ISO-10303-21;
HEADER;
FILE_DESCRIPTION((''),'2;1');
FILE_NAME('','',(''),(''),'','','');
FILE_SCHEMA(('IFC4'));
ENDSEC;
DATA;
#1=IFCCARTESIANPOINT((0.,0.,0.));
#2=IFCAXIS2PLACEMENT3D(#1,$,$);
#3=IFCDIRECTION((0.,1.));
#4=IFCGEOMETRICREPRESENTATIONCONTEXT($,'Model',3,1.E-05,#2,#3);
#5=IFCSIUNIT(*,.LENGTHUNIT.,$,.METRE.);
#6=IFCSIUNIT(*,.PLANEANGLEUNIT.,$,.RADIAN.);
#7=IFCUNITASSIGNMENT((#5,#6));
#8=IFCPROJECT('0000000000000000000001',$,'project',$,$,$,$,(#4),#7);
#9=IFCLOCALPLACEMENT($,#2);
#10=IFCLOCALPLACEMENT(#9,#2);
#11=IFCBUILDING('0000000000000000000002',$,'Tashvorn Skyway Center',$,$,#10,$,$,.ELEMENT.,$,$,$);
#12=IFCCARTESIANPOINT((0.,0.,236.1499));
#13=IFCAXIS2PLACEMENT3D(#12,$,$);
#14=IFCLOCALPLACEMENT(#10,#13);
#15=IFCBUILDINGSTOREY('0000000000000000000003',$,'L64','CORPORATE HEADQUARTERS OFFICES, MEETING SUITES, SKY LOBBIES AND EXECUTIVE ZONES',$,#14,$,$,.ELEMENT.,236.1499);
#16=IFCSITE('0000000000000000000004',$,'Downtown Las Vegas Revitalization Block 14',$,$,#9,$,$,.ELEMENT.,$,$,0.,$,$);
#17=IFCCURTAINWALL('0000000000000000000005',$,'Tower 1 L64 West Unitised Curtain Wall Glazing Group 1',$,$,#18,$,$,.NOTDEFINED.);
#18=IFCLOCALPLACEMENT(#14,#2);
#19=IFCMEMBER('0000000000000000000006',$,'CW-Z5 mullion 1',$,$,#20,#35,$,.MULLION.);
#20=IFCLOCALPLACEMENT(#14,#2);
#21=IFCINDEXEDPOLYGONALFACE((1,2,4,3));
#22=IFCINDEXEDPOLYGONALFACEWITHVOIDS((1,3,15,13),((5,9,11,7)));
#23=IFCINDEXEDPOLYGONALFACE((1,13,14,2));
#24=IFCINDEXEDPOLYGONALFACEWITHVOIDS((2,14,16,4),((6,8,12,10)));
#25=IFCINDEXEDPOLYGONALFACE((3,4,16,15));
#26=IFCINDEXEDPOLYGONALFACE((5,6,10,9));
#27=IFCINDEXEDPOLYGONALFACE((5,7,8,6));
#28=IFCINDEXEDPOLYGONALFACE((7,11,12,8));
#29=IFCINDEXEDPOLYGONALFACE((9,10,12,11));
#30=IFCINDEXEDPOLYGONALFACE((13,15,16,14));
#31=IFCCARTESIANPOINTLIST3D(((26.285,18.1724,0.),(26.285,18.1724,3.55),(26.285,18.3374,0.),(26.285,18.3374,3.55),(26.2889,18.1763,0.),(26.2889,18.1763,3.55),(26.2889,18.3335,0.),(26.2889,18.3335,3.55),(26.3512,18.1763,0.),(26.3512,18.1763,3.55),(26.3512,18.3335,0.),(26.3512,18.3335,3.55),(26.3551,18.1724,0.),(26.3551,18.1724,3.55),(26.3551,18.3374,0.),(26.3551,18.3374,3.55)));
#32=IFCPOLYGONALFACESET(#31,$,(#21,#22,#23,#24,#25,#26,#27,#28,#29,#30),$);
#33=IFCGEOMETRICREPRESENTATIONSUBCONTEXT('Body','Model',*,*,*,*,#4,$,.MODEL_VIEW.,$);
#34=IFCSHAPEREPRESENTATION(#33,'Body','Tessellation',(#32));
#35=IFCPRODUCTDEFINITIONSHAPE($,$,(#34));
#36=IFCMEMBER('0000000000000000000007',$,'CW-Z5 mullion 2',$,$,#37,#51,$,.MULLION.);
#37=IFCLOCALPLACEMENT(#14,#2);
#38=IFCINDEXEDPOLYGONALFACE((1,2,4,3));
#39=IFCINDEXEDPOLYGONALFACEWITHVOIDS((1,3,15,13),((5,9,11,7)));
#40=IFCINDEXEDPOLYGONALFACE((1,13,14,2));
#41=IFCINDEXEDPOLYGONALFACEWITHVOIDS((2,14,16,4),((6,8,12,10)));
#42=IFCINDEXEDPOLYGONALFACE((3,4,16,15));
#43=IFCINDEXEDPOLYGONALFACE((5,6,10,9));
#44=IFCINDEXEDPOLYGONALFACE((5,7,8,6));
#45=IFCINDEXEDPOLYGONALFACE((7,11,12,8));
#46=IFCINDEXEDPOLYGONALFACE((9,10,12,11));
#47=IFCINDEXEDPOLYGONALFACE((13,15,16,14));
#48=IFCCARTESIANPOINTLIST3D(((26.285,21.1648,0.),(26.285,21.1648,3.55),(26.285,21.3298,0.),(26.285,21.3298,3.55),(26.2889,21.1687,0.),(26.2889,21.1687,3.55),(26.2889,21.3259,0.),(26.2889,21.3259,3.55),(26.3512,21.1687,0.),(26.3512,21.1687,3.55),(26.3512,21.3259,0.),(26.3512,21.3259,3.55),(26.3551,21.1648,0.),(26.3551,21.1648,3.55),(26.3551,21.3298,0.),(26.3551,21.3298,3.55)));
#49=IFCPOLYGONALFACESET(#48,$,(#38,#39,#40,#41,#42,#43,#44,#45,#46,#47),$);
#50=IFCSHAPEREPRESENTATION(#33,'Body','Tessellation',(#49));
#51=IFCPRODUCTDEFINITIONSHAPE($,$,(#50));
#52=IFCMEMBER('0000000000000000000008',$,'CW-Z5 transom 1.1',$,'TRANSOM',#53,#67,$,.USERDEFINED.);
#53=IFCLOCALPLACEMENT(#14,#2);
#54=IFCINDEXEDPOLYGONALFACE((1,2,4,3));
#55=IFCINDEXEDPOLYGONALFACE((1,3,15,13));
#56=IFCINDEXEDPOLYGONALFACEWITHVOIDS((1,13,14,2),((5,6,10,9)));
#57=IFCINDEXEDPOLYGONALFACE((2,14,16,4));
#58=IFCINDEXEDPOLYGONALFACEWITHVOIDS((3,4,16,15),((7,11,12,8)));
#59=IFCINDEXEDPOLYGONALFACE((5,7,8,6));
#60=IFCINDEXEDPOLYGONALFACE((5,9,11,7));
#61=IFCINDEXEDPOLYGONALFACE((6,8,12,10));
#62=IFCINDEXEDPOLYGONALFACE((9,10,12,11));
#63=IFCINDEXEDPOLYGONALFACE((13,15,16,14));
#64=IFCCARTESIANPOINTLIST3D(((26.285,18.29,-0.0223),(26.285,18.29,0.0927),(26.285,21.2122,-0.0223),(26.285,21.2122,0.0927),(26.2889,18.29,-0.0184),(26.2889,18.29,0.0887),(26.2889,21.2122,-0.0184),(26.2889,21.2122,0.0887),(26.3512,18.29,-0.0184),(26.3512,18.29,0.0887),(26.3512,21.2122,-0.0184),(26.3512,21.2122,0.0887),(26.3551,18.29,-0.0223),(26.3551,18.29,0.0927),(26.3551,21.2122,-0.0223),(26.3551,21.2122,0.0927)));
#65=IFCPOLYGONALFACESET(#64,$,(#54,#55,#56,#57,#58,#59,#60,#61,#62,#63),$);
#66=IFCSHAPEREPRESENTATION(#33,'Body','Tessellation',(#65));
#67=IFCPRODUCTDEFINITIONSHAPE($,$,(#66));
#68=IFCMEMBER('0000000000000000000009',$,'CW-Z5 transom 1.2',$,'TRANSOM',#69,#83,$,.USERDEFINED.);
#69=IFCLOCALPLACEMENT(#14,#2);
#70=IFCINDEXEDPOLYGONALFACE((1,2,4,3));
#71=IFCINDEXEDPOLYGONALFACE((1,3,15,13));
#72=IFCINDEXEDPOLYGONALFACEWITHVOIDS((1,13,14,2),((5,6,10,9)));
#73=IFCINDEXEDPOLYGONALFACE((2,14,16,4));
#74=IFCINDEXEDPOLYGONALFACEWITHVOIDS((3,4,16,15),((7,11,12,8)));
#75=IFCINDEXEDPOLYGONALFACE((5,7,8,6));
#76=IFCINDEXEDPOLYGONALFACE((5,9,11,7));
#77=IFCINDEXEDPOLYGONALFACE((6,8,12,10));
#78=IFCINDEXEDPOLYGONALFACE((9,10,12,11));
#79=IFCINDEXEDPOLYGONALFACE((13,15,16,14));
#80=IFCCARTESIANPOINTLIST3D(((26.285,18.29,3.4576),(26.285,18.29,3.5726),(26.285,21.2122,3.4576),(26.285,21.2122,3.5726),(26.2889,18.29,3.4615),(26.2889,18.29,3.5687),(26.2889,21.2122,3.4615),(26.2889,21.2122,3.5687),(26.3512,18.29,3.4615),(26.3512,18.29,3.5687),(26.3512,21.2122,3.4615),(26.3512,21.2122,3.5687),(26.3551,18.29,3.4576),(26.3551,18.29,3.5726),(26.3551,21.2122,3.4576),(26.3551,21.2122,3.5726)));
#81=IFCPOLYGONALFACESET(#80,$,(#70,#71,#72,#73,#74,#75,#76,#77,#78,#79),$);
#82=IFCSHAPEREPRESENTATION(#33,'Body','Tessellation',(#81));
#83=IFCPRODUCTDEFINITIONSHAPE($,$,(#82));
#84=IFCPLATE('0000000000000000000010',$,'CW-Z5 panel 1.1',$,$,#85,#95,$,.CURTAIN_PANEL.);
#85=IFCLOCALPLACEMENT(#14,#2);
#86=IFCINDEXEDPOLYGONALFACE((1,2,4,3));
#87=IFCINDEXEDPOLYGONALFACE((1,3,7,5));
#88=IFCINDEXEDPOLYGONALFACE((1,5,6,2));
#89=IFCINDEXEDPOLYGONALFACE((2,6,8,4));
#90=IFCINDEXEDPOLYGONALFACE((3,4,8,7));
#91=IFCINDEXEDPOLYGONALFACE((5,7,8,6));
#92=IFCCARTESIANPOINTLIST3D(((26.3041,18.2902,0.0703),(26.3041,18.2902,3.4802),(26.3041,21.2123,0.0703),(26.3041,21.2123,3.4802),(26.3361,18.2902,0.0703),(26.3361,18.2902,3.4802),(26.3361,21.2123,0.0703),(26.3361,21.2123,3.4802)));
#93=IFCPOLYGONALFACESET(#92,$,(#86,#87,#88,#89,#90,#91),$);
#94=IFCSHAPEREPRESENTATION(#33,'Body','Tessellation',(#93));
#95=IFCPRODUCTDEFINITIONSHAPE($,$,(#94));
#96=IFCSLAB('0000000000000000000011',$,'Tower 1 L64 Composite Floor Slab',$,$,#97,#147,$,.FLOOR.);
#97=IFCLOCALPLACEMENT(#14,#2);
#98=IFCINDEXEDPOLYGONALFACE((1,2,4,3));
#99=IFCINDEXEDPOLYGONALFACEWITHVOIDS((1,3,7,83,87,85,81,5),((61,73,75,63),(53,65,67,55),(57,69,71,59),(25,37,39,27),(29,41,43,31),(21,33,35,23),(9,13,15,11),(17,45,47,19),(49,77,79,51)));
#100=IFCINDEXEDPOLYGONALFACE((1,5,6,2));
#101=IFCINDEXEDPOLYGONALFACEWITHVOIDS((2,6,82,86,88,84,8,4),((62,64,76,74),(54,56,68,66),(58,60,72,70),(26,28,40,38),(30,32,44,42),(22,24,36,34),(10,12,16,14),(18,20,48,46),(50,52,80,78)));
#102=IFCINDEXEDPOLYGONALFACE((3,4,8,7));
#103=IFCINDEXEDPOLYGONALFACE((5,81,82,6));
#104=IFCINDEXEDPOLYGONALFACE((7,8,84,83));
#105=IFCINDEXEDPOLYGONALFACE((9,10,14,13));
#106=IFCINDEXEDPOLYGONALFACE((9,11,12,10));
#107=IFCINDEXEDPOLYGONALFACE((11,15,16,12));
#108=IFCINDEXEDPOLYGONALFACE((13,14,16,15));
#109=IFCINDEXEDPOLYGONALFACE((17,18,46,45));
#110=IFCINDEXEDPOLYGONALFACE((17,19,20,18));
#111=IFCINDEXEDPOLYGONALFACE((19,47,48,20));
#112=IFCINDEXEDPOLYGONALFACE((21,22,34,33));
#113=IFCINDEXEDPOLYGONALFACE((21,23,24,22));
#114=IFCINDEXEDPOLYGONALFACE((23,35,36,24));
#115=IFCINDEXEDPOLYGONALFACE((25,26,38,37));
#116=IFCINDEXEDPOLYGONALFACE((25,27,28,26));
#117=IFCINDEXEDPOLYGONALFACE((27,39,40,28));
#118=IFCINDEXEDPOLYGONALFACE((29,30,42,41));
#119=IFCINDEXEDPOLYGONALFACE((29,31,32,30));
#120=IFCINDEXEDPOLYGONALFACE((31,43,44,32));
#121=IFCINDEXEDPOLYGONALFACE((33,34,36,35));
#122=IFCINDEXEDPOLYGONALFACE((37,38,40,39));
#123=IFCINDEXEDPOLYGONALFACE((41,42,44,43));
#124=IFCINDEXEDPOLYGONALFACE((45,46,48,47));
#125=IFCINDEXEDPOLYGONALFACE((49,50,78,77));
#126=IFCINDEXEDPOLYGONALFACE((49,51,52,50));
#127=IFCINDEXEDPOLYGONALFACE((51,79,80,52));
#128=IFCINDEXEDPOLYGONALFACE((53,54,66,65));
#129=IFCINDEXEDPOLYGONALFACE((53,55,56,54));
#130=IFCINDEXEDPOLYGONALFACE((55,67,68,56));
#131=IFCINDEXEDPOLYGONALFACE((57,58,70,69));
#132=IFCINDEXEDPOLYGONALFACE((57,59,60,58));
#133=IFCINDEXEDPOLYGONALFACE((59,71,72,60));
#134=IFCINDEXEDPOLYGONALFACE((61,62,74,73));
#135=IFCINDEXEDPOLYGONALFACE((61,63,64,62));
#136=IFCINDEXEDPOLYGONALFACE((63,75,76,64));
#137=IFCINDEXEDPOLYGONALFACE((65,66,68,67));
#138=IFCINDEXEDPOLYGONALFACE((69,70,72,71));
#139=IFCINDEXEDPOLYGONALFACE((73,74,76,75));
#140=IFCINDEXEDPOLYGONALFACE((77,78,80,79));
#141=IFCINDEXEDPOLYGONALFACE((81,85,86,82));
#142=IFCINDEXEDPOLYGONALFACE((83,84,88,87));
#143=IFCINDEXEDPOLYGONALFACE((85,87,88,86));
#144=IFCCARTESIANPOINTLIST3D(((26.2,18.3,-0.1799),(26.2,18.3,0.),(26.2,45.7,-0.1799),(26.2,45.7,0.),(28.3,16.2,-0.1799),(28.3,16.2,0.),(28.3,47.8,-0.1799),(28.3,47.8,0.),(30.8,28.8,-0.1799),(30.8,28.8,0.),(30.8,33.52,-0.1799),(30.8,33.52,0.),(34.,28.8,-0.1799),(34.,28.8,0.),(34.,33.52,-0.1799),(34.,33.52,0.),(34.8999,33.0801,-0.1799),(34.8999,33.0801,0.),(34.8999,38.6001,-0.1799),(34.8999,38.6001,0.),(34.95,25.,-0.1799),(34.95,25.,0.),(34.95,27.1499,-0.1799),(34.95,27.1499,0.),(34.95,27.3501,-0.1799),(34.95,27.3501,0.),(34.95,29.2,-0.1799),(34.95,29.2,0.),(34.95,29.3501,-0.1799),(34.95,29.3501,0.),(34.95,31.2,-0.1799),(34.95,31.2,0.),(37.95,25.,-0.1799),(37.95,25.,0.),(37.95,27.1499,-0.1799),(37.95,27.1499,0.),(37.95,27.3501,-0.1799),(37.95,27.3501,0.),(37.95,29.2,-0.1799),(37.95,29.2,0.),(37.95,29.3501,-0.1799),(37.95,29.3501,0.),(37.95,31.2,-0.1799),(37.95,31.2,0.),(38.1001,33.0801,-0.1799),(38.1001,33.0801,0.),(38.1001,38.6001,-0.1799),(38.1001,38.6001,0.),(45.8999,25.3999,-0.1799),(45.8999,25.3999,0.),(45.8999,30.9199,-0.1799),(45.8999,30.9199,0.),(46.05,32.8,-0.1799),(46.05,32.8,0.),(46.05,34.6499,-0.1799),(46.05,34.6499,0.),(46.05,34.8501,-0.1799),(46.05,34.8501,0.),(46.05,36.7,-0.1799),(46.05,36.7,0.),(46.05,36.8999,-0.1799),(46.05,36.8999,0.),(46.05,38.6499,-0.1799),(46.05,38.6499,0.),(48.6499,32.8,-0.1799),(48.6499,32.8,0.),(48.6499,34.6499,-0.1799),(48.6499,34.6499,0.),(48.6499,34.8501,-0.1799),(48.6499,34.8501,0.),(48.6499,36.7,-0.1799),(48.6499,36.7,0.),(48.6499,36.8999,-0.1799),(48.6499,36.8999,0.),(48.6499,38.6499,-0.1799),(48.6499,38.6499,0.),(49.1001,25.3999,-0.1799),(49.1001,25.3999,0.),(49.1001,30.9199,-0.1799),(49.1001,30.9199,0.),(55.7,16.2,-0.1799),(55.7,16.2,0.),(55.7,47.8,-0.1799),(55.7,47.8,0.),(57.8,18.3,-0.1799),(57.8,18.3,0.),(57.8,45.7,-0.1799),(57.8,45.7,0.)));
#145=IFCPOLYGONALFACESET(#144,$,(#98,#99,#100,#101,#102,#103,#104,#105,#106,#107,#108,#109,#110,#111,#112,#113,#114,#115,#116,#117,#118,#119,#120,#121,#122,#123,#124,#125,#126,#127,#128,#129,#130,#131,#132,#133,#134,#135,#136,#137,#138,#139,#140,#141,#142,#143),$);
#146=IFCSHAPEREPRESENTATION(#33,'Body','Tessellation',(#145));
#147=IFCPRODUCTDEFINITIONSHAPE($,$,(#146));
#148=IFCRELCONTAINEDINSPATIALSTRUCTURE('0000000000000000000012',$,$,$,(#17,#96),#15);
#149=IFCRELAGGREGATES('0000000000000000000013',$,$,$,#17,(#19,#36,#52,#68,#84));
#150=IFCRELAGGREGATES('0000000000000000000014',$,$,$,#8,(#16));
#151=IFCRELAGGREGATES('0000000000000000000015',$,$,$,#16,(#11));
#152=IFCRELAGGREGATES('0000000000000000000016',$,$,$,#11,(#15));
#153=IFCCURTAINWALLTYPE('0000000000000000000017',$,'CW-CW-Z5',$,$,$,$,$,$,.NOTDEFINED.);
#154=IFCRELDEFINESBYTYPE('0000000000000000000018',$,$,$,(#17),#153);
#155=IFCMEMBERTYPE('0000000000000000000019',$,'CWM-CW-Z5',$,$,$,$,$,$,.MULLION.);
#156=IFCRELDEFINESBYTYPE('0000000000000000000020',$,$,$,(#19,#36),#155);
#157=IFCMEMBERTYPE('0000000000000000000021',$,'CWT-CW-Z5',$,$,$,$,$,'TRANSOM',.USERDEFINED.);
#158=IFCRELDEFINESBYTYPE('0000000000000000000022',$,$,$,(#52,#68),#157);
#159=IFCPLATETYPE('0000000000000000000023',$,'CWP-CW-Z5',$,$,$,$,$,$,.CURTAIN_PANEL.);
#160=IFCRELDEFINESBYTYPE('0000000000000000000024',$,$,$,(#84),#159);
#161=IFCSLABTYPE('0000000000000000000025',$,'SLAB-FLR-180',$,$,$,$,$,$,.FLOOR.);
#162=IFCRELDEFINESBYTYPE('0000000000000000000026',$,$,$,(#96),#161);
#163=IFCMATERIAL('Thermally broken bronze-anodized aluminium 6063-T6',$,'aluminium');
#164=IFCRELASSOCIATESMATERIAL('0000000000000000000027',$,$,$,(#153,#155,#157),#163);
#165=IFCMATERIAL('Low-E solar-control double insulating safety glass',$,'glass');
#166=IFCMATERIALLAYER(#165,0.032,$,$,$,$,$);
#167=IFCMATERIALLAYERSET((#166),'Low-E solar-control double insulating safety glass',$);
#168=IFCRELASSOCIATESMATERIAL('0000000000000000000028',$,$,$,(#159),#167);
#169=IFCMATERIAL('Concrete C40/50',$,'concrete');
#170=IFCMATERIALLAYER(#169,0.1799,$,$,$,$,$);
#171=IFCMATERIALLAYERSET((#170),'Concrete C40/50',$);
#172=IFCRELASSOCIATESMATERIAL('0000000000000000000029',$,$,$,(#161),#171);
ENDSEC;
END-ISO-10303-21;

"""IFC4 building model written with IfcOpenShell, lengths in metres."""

from ifc_helpers import new_model, si_unit, direction, frame, origin, origin_2d, place, context, subcontext, project, spatial, polyline, rectangle, hollow_rectangle, outline, extrude, material, layer, layer_set, material_profile, profile_set, type_object, element, aggregate, save


model = new_model("IFC4")

# Units and contexts
model_context = context("Model", 3, precision=1e-05, world=origin(), true_north=direction((0.0, 1.0)))
body_context = subcontext(model_context, "Body", "Model", "MODEL_VIEW")
ifc_project = project(units=[si_unit("LENGTHUNIT", "METRE"), si_unit("PLANEANGLEUNIT", "RADIAN")], contexts=[model_context])

# Site, building, storey
site_placement = place(None, origin())
site = spatial("IfcSite", under=ifc_project, at=site_placement, Name="Downtown Las Vegas Revitalization Block 14", CompositionType="ELEMENT", RefElevation=0.0)
building_placement = place(site_placement, origin())
building = spatial("IfcBuilding", under=site, at=building_placement, Name="Tashvorn Skyway Center", CompositionType="ELEMENT")
storey_placement = place(building_placement, frame((0.0, 0.0, 236.1499)))
storey = spatial("IfcBuildingStorey", under=building, at=storey_placement, Name="L64", Description="CORPORATE HEADQUARTERS OFFICES, MEETING SUITES, SKY LOBBIES AND EXECUTIVE ZONES", CompositionType="ELEMENT", Elevation=236.1499)

# Curtain wall, members, plate
ifc_material_1 = material(Name="Thermally broken bronze-anodized aluminium 6063-T6", Category="aluminium")
curtain_wall_type = type_object("IfcCurtainWallType", Name="CW-CW-Z5", PredefinedType="NOTDEFINED", material=ifc_material_1)
curtain_wall_placement = place(storey_placement, origin())
curtain_wall = element("IfcCurtainWall", 1, at=curtain_wall_placement, inside=storey, type_object=curtain_wall_type, Name="Tower 1 L64 West Unitised Curtain Wall Glazing Group 1", PredefinedType="NOTDEFINED")
ifc_material_profile_1 = material_profile(ifc_material_1, hollow_rectangle(XDim=0.0701, YDim=0.165, WallThickness=0.0039, at=origin_2d()), Name="ALU-MULL-70x165")
ifc_profile_set_1 = profile_set([ifc_material_profile_1], Name="Thermally broken bronze-anodized aluminium 6063-T6")
member_type_1 = type_object("IfcMemberType", Name="CWM-CW-Z5", PredefinedType="MULLION", material=ifc_profile_set_1)
member_1_placement = place(storey_placement, frame((26.3201, 18.2549, 0.0), z_axis=(0.0, 0.0, 1.0), x_axis=(-1.0, 0.0, 0.0)))
member_1 = element("IfcMember", 2, at=member_1_placement, type_object=member_type_1, Name="CW-Z5 mullion 1", PredefinedType="MULLION", context=body_context, shape_type="SweptSolid", body=[
    extrude(hollow_rectangle(XDim=0.0701, YDim=0.165, WallThickness=0.0039, at=origin_2d()), origin(), (0.0, 0.0, 1.0), 3.55),
])
member_2_placement = place(storey_placement, frame((26.3201, 21.2473, 0.0), z_axis=(0.0, 0.0, 1.0), x_axis=(-1.0, 0.0, 0.0)))
member_2 = element("IfcMember", 3, at=member_2_placement, type_object=member_type_1, Name="CW-Z5 mullion 2", PredefinedType="MULLION", context=body_context, shape_type="SweptSolid", body=[
    extrude(hollow_rectangle(XDim=0.0701, YDim=0.165, WallThickness=0.0039, at=origin_2d()), origin(), (0.0, 0.0, 1.0), 3.55),
])
ifc_material_profile_2 = material_profile(ifc_material_1, hollow_rectangle(XDim=0.0701, YDim=0.115, WallThickness=0.0039, at=origin_2d()), Name="ALU-TRAN-70x115")
ifc_profile_set_2 = profile_set([ifc_material_profile_2], Name="Thermally broken bronze-anodized aluminium 6063-T6")
member_type_2 = type_object("IfcMemberType", Name="CWT-CW-Z5", ElementType="TRANSOM", PredefinedType="USERDEFINED", material=ifc_profile_set_2)
member_3_placement = place(storey_placement, frame((26.3201, 18.29, 0.0352), z_axis=(0.0, 1.0, 0.0), x_axis=(-1.0, 0.0, 0.0)))
member_3 = element("IfcMember", 4, at=member_3_placement, type_object=member_type_2, Name="CW-Z5 transom 1.1", ObjectType="TRANSOM", PredefinedType="USERDEFINED", context=body_context, shape_type="SweptSolid", body=[
    extrude(hollow_rectangle(XDim=0.0701, YDim=0.115, WallThickness=0.0039, at=origin_2d()), origin(), (0.0, 0.0, 1.0), 2.9221),
])
member_4_placement = place(storey_placement, frame((26.3201, 18.29, 3.5151), z_axis=(0.0, 1.0, 0.0), x_axis=(-1.0, 0.0, 0.0)))
member_4 = element("IfcMember", 5, at=member_4_placement, type_object=member_type_2, Name="CW-Z5 transom 1.2", ObjectType="TRANSOM", PredefinedType="USERDEFINED", context=body_context, shape_type="SweptSolid", body=[
    extrude(hollow_rectangle(XDim=0.0701, YDim=0.115, WallThickness=0.0039, at=origin_2d()), origin(), (0.0, 0.0, 1.0), 2.9221),
])
ifc_material_2 = material(Name="Low-E solar-control double insulating safety glass", Category="glass")
ifc_layer_1 = layer(ifc_material_2, 0.032)
ifc_layer_set_1 = layer_set([ifc_layer_1], Name="Low-E solar-control double insulating safety glass")
plate_type = type_object("IfcPlateType", Name="CWP-CW-Z5", PredefinedType="CURTAIN_PANEL", material=ifc_layer_set_1)
plate_placement = place(storey_placement, frame((26.3201, 19.7512, 0.0703), z_axis=(0.0, 0.0, 1.0), x_axis=(0.0, 1.0, 0.0)))
plate = element("IfcPlate", 6, at=plate_placement, type_object=plate_type, Name="CW-Z5 panel 1.1", PredefinedType="CURTAIN_PANEL", context=body_context, shape_type="SweptSolid", body=[
    extrude(rectangle(XDim=2.9221, YDim=0.032, at=origin_2d()), origin(), (0.0, 0.0, 1.0), 3.4099),
])
aggregate(curtain_wall, [member_1, member_2, member_3, member_4, plate])

# Slab
ifc_material_3 = material(Name="Concrete C40/50", Category="concrete")
ifc_layer_2 = layer(ifc_material_3, 0.1799)
ifc_layer_set_2 = layer_set([ifc_layer_2], Name="Concrete C40/50")
slab_type_1 = type_object("IfcSlabType", Name="SLAB-FLR-180", PredefinedType="FLOOR", material=ifc_layer_set_2)
slab_1_placement = place(storey_placement, frame((0.0, 0.0, -0.1799)))
element("IfcSlab", 7, at=slab_1_placement, inside=storey, type_object=slab_type_1, Name="Tower 1 L64 Composite Floor Slab", PredefinedType="FLOOR", context=body_context, shape_type="SweptSolid", body=[
    extrude(outline(polyline([(28.3, 16.2), (55.7, 16.2), (57.8, 18.3), (57.8, 45.7), (55.7, 47.8), (28.3, 47.8), (26.2, 45.7), (26.2, 18.3), (28.3, 16.2)]), holes=[polyline([(38.1001, 33.0801), (38.1001, 38.6001), (34.8999, 38.6001), (34.8999, 33.0801), (38.1001, 33.0801)]), polyline([(45.8999, 30.9199), (45.8999, 25.3999), (49.1001, 25.3999), (49.1001, 30.9199), (45.8999, 30.9199)]), polyline([(30.8, 33.52), (30.8, 28.8), (34.0, 28.8), (34.0, 33.52), (30.8, 33.52)]), polyline([(34.95, 29.3501), (37.95, 29.3501), (37.95, 31.2), (34.95, 31.2), (34.95, 29.3501)]), polyline([(34.95, 27.3501), (37.95, 27.3501), (37.95, 29.2), (34.95, 29.2), (34.95, 27.3501)]), polyline([(34.95, 25.0), (37.95, 25.0), (37.95, 27.1499), (34.95, 27.1499), (34.95, 25.0)]), polyline([(46.05, 32.8), (48.6499, 32.8), (48.6499, 34.6499), (46.05, 34.6499), (46.05, 32.8)]), polyline([(46.05, 34.8501), (48.6499, 34.8501), (48.6499, 36.7), (46.05, 36.7), (46.05, 34.8501)]), polyline([(46.05, 36.8999), (48.6499, 36.8999), (48.6499, 38.6499), (46.05, 38.6499), (46.05, 36.8999)])]), origin(), (0.0, 0.0, 1.0), 0.1799),
])

save(model, "model.ifc")
